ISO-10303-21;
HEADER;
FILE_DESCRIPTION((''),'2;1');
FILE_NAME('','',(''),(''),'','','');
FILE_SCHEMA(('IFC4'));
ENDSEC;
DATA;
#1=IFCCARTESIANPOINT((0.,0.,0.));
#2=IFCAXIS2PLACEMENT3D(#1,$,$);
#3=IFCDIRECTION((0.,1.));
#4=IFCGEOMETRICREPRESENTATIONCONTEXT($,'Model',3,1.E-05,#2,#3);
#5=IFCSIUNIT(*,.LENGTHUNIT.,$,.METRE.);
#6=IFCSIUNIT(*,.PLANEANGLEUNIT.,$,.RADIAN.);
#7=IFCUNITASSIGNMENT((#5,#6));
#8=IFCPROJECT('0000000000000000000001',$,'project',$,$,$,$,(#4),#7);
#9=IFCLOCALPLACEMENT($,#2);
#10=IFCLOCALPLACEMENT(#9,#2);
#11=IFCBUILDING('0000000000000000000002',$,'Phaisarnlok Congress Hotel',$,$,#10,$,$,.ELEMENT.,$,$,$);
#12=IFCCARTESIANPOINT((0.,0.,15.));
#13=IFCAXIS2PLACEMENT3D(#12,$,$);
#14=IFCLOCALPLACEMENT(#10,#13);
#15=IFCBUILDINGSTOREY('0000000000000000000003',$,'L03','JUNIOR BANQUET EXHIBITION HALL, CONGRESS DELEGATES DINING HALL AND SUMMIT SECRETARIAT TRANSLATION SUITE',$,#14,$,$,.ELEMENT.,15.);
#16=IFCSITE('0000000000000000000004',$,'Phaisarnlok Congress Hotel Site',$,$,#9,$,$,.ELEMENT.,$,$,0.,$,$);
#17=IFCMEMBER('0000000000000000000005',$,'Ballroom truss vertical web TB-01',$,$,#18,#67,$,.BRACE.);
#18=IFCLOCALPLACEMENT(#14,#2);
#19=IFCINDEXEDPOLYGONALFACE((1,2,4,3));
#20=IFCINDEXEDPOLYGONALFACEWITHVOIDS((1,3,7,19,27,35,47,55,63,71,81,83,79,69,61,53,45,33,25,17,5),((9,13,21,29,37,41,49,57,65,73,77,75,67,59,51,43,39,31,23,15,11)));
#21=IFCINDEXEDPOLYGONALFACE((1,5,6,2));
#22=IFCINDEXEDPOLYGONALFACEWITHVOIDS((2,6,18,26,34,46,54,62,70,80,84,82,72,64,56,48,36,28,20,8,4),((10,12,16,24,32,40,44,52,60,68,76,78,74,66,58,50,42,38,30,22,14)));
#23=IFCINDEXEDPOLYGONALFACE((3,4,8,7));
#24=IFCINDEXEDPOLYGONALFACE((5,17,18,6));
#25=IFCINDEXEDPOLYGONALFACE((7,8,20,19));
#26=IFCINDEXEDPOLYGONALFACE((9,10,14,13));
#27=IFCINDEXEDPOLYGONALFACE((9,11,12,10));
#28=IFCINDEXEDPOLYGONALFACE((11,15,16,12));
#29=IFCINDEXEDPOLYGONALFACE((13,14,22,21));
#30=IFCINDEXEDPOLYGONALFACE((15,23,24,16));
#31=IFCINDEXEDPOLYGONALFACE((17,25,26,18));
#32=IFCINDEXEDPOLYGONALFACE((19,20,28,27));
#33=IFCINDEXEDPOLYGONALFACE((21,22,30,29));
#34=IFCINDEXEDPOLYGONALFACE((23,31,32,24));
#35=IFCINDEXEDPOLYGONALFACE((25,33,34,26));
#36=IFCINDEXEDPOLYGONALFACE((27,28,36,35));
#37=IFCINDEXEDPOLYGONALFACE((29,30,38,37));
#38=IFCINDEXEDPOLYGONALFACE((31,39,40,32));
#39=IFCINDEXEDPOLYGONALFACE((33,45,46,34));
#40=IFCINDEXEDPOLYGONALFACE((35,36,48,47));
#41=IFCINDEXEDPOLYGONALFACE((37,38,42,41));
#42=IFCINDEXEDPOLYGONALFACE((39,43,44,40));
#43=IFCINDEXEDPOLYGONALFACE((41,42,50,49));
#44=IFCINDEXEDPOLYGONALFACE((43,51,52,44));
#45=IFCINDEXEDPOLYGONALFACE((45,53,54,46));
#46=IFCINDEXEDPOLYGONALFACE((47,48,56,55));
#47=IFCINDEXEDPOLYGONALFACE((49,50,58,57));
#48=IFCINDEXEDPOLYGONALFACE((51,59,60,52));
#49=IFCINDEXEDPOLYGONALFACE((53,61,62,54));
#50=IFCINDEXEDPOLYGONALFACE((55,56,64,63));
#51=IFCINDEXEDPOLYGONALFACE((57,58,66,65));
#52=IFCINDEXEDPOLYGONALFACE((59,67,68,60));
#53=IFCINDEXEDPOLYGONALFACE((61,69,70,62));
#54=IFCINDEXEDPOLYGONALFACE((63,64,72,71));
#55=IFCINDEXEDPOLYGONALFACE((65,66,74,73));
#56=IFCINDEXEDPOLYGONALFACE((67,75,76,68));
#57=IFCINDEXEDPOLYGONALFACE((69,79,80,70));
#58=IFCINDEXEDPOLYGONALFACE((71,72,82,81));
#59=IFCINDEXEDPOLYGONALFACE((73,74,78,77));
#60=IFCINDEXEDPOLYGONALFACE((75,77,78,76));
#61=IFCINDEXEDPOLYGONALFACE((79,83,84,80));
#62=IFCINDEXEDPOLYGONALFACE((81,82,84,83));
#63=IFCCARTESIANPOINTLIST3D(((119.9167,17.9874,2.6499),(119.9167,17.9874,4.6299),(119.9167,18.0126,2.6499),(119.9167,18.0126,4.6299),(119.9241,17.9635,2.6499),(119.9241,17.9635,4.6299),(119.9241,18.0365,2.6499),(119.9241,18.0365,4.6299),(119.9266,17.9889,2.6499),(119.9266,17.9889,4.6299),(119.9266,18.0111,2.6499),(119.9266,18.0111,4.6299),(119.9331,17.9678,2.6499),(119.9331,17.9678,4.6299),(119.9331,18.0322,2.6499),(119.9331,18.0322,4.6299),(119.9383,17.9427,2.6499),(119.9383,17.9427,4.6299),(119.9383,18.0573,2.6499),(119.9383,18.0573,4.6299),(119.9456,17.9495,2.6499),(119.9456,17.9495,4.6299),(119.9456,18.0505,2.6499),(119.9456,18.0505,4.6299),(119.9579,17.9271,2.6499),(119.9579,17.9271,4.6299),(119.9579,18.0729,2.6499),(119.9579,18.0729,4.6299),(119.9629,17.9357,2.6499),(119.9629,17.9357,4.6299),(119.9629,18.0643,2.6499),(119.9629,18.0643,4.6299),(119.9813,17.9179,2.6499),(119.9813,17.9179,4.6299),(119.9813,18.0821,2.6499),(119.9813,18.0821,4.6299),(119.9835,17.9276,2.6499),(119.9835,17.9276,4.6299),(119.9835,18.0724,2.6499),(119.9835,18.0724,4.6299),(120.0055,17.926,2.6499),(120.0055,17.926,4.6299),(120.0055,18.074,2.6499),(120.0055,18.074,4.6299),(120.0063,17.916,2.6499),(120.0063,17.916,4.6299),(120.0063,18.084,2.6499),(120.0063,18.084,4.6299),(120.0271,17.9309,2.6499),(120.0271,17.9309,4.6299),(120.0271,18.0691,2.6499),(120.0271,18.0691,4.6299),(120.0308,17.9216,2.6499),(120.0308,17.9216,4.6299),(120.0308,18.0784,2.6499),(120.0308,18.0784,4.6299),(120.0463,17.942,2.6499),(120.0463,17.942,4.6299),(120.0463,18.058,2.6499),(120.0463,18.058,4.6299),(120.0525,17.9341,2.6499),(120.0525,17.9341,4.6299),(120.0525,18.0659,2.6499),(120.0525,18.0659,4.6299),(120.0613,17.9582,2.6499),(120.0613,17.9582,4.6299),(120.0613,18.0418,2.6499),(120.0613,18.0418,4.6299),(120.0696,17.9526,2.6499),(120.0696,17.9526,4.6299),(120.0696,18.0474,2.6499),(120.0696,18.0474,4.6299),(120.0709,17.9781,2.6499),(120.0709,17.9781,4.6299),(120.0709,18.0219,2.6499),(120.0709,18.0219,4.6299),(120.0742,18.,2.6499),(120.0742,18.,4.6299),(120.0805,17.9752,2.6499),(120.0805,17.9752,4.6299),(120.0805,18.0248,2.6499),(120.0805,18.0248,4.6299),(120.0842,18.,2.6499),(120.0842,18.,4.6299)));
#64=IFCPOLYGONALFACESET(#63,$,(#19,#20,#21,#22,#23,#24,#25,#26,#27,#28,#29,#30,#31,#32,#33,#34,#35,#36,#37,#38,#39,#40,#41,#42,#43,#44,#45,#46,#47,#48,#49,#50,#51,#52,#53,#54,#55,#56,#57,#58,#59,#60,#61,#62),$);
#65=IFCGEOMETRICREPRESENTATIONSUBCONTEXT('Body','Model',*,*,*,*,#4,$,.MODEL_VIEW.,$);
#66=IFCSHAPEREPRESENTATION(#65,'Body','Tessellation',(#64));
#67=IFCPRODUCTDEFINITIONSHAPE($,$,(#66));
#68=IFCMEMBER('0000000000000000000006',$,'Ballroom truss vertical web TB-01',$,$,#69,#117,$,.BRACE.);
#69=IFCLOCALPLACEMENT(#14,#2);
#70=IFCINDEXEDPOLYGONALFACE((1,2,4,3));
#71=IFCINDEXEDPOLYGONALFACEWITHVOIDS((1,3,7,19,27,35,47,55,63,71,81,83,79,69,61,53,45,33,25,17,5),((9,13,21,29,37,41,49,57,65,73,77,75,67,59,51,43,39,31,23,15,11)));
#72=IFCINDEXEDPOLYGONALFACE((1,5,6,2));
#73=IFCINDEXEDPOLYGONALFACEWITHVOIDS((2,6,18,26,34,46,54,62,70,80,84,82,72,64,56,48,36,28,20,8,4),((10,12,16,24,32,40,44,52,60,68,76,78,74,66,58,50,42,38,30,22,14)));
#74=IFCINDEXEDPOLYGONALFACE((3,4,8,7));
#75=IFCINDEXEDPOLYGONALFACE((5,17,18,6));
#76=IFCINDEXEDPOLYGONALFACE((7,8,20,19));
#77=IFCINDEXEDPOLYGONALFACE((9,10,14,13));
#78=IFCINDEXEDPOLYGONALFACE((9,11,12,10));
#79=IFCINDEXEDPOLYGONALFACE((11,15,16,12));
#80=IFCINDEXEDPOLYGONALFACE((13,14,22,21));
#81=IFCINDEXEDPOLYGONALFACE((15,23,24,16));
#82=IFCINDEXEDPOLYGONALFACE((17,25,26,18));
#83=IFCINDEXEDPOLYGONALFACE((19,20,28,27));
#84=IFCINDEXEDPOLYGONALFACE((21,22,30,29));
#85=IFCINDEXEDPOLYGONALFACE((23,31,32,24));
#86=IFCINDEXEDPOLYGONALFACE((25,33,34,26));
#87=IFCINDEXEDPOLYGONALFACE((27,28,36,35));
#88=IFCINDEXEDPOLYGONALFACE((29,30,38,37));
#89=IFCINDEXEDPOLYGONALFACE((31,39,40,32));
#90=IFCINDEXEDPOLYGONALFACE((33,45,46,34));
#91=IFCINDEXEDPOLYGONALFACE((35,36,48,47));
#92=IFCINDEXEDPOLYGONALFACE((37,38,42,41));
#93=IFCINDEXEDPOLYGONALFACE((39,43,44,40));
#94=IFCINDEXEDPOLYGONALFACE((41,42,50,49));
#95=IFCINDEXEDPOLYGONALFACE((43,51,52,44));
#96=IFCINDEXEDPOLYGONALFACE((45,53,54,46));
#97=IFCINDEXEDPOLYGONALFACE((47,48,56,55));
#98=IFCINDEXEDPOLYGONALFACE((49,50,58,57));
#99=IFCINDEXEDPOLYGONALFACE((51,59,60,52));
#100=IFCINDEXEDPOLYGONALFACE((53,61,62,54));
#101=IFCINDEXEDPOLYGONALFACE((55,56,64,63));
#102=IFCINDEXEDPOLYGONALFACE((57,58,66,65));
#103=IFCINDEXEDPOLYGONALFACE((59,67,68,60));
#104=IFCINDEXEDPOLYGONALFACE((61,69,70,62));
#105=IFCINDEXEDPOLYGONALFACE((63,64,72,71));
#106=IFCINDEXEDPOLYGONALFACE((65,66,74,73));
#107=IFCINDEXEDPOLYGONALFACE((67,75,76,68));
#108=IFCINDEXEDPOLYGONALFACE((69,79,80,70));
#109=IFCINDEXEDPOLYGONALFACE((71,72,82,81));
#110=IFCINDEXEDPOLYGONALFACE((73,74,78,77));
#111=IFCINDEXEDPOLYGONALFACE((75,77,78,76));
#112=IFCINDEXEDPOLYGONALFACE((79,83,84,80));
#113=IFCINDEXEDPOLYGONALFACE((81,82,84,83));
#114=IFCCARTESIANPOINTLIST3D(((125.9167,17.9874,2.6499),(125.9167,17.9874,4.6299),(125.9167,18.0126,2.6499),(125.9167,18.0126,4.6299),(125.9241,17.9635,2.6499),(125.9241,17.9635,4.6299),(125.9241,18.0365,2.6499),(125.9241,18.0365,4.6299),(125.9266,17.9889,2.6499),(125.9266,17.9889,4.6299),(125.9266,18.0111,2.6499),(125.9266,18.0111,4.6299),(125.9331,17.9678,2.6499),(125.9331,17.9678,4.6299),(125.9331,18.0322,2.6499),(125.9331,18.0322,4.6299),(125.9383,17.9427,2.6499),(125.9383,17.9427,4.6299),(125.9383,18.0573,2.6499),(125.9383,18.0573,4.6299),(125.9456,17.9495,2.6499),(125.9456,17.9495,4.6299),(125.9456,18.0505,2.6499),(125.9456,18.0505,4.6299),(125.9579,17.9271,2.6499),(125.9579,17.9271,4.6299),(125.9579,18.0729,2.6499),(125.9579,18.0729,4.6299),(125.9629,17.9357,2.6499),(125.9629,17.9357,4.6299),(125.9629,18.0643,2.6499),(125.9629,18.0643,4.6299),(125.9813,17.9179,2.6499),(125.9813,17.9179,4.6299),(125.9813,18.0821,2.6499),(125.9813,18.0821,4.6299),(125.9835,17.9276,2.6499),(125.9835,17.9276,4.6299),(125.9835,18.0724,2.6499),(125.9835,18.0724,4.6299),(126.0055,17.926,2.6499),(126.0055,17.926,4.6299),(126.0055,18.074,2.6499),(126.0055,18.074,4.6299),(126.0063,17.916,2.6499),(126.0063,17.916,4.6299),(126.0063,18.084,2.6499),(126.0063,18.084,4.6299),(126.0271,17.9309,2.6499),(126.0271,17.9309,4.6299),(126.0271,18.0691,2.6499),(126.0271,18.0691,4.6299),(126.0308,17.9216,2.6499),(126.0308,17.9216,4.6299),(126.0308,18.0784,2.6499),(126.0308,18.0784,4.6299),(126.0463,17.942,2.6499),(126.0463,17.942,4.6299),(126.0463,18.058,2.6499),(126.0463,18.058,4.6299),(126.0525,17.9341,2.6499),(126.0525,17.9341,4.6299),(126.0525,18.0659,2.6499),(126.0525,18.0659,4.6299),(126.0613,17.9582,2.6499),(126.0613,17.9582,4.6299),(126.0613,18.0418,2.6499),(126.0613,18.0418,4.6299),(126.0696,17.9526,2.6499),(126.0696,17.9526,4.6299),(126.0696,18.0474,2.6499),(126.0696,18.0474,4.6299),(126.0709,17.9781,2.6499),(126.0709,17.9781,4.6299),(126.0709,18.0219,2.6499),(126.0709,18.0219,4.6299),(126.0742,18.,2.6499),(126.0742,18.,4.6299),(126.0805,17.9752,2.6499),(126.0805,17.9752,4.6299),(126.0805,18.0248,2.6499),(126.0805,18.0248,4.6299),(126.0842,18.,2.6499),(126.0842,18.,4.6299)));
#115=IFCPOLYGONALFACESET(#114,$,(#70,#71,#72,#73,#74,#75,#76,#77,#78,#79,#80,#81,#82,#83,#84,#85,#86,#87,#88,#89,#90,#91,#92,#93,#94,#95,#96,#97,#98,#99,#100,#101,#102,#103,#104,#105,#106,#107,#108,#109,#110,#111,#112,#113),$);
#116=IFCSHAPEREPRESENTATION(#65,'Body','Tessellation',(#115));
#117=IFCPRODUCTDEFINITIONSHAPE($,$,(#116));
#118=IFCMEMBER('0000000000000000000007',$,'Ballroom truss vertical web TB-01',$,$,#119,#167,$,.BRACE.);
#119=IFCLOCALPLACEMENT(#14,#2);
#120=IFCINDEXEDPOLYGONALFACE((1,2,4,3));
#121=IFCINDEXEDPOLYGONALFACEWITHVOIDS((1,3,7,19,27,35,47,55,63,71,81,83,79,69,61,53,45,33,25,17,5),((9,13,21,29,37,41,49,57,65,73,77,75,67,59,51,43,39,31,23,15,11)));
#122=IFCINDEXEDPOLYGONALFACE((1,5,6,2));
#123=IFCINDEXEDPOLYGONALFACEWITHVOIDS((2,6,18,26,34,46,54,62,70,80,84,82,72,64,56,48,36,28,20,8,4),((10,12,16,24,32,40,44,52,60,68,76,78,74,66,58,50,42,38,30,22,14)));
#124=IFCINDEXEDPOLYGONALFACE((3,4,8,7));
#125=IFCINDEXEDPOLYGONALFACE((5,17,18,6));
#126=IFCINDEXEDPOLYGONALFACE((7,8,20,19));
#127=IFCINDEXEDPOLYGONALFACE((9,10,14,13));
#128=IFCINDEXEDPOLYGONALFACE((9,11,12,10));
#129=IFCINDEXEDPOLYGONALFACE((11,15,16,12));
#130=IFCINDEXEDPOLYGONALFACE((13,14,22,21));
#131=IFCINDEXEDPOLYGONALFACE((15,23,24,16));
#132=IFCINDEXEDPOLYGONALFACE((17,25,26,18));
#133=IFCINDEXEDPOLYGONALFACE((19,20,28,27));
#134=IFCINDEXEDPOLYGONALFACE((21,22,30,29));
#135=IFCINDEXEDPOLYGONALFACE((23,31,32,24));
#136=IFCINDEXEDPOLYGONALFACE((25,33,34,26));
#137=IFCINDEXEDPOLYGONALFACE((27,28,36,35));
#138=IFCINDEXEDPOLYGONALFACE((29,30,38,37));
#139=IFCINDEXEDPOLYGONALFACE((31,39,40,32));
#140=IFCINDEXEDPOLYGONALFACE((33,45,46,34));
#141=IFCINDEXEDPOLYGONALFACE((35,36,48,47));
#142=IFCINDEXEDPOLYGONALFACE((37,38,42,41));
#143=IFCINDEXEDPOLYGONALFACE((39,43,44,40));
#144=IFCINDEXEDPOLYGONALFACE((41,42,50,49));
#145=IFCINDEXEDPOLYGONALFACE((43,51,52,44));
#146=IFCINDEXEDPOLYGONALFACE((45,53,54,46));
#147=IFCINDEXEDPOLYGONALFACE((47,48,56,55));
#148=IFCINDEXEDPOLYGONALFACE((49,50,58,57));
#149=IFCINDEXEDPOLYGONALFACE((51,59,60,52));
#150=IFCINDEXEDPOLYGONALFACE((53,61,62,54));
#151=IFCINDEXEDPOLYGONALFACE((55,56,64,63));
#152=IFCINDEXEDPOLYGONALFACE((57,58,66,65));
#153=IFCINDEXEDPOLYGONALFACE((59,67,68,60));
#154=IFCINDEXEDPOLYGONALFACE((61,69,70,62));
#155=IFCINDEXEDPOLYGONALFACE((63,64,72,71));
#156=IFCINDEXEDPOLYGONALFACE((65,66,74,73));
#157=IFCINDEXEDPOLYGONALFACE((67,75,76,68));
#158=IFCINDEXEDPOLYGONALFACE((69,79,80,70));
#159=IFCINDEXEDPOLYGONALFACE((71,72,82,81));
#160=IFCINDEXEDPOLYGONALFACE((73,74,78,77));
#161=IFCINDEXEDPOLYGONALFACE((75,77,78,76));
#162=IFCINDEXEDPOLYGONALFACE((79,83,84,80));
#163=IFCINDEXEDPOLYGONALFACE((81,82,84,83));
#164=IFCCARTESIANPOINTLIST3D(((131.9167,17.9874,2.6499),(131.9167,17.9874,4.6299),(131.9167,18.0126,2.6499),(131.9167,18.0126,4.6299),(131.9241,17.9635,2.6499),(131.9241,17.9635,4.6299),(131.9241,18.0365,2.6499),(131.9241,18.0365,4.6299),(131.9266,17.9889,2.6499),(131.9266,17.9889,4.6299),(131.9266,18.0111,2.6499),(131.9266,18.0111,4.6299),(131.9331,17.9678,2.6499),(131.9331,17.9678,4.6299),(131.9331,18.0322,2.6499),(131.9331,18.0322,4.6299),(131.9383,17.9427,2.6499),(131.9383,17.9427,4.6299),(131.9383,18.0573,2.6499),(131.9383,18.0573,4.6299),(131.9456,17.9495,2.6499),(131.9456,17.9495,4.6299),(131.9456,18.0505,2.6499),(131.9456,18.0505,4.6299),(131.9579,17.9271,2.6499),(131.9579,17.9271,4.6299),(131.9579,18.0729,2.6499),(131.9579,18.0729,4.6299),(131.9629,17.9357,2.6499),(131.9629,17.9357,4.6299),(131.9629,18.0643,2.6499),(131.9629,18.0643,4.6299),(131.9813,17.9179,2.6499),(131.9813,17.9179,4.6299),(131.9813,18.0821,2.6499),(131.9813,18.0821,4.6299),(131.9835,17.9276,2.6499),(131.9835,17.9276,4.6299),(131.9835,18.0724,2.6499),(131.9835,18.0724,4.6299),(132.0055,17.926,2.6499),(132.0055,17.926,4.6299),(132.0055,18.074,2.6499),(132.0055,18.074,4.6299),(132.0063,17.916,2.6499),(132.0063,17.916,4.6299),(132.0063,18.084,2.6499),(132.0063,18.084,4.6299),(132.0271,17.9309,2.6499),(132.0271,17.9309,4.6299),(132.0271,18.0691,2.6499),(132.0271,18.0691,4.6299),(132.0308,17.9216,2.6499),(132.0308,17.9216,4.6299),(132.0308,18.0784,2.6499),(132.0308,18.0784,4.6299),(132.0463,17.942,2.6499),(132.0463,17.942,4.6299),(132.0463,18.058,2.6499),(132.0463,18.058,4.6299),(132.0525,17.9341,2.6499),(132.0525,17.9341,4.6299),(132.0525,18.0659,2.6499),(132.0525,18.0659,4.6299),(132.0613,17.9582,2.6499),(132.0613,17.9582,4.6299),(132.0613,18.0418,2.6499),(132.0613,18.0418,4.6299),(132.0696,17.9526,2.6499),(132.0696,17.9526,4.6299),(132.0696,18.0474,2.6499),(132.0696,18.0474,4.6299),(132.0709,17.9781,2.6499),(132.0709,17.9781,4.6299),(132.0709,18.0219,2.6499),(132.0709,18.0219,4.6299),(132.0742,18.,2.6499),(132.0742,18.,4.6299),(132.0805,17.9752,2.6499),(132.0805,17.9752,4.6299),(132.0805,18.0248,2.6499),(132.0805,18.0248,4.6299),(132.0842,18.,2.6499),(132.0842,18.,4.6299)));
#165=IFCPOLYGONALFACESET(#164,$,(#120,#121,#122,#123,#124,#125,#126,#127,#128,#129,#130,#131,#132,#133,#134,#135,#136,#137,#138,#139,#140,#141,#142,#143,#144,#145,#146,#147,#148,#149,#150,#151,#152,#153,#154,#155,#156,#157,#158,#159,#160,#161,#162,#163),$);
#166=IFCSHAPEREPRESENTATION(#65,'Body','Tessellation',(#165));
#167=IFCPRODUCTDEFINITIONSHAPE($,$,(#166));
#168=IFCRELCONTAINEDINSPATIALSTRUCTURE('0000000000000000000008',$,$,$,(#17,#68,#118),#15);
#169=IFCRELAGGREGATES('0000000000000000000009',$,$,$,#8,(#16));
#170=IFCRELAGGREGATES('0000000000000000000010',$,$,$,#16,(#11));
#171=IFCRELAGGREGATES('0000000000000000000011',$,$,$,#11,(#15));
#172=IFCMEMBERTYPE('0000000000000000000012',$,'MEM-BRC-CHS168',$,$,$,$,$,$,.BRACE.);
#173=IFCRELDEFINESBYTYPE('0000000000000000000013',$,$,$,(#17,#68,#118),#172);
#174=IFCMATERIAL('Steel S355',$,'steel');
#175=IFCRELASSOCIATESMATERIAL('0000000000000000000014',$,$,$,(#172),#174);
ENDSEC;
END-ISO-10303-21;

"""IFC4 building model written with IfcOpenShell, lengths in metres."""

from ifc_helpers import new_model, si_unit, direction, frame, origin, origin_2d, place, context, subcontext, project, spatial, hollow_circle, extrude, material, material_profile, profile_set, type_object, element, save


model = new_model("IFC4")

# Units and contexts
model_context = context("Model", 3, precision=1e-05, world=origin(), true_north=direction((0.0, 1.0)))
body_context = subcontext(model_context, "Body", "Model", "MODEL_VIEW")
ifc_project = project(units=[si_unit("LENGTHUNIT", "METRE"), si_unit("PLANEANGLEUNIT", "RADIAN")], contexts=[model_context])

# Site, building, storey
site_placement = place(None, origin())
site = spatial("IfcSite", under=ifc_project, at=site_placement, Name="Phaisarnlok Congress Hotel Site", CompositionType="ELEMENT", RefElevation=0.0)
building_placement = place(site_placement, origin())
building = spatial("IfcBuilding", under=site, at=building_placement, Name="Phaisarnlok Congress Hotel", CompositionType="ELEMENT")
storey_placement = place(building_placement, frame((0.0, 0.0, 15.0)))
storey = spatial("IfcBuildingStorey", under=building, at=storey_placement, Name="L03", Description="JUNIOR BANQUET EXHIBITION HALL, CONGRESS DELEGATES DINING HALL AND SUMMIT SECRETARIAT TRANSLATION SUITE", CompositionType="ELEMENT", Elevation=15.0)

# Members
ifc_material = material(Name="Steel S355", Category="steel")
ifc_material_profile_1 = material_profile(ifc_material, hollow_circle(Radius=0.0842, WallThickness=0.01, at=origin_2d()), Name="CHS 168.3x10")
ifc_profile_set_1 = profile_set([ifc_material_profile_1], Name="Steel S355")
member_type_1 = type_object("IfcMemberType", Name="MEM-BRC-CHS168", PredefinedType="BRACE", material=ifc_profile_set_1)
for number, where, z_axis, x_axis, name in (
    (1, (120.0, 18.0, 2.6499), (0.0, 0.0, 1.0), (1.0, 0.0, 0.0), "Ballroom truss vertical web TB-01"),
    (2, (126.0, 18.0, 2.6499), (0.0, 0.0, 1.0), (1.0, 0.0, 0.0), "Ballroom truss vertical web TB-01"),
    (3, (132.0, 18.0, 2.6499), (0.0, 0.0, 1.0), (1.0, 0.0, 0.0), "Ballroom truss vertical web TB-01"),
):
    element("IfcMember", number, at=place(storey_placement, frame(where, z_axis=z_axis, x_axis=x_axis)), inside=storey, type_object=member_type_1, Name=name, PredefinedType="BRACE", context=body_context, shape_type="SweptSolid", body=[
        extrude(hollow_circle(Radius=0.0842, WallThickness=0.01, at=origin_2d()), origin(), (0.0, 0.0, 1.0), 1.98),
    ])

save(model, "model.ifc")
